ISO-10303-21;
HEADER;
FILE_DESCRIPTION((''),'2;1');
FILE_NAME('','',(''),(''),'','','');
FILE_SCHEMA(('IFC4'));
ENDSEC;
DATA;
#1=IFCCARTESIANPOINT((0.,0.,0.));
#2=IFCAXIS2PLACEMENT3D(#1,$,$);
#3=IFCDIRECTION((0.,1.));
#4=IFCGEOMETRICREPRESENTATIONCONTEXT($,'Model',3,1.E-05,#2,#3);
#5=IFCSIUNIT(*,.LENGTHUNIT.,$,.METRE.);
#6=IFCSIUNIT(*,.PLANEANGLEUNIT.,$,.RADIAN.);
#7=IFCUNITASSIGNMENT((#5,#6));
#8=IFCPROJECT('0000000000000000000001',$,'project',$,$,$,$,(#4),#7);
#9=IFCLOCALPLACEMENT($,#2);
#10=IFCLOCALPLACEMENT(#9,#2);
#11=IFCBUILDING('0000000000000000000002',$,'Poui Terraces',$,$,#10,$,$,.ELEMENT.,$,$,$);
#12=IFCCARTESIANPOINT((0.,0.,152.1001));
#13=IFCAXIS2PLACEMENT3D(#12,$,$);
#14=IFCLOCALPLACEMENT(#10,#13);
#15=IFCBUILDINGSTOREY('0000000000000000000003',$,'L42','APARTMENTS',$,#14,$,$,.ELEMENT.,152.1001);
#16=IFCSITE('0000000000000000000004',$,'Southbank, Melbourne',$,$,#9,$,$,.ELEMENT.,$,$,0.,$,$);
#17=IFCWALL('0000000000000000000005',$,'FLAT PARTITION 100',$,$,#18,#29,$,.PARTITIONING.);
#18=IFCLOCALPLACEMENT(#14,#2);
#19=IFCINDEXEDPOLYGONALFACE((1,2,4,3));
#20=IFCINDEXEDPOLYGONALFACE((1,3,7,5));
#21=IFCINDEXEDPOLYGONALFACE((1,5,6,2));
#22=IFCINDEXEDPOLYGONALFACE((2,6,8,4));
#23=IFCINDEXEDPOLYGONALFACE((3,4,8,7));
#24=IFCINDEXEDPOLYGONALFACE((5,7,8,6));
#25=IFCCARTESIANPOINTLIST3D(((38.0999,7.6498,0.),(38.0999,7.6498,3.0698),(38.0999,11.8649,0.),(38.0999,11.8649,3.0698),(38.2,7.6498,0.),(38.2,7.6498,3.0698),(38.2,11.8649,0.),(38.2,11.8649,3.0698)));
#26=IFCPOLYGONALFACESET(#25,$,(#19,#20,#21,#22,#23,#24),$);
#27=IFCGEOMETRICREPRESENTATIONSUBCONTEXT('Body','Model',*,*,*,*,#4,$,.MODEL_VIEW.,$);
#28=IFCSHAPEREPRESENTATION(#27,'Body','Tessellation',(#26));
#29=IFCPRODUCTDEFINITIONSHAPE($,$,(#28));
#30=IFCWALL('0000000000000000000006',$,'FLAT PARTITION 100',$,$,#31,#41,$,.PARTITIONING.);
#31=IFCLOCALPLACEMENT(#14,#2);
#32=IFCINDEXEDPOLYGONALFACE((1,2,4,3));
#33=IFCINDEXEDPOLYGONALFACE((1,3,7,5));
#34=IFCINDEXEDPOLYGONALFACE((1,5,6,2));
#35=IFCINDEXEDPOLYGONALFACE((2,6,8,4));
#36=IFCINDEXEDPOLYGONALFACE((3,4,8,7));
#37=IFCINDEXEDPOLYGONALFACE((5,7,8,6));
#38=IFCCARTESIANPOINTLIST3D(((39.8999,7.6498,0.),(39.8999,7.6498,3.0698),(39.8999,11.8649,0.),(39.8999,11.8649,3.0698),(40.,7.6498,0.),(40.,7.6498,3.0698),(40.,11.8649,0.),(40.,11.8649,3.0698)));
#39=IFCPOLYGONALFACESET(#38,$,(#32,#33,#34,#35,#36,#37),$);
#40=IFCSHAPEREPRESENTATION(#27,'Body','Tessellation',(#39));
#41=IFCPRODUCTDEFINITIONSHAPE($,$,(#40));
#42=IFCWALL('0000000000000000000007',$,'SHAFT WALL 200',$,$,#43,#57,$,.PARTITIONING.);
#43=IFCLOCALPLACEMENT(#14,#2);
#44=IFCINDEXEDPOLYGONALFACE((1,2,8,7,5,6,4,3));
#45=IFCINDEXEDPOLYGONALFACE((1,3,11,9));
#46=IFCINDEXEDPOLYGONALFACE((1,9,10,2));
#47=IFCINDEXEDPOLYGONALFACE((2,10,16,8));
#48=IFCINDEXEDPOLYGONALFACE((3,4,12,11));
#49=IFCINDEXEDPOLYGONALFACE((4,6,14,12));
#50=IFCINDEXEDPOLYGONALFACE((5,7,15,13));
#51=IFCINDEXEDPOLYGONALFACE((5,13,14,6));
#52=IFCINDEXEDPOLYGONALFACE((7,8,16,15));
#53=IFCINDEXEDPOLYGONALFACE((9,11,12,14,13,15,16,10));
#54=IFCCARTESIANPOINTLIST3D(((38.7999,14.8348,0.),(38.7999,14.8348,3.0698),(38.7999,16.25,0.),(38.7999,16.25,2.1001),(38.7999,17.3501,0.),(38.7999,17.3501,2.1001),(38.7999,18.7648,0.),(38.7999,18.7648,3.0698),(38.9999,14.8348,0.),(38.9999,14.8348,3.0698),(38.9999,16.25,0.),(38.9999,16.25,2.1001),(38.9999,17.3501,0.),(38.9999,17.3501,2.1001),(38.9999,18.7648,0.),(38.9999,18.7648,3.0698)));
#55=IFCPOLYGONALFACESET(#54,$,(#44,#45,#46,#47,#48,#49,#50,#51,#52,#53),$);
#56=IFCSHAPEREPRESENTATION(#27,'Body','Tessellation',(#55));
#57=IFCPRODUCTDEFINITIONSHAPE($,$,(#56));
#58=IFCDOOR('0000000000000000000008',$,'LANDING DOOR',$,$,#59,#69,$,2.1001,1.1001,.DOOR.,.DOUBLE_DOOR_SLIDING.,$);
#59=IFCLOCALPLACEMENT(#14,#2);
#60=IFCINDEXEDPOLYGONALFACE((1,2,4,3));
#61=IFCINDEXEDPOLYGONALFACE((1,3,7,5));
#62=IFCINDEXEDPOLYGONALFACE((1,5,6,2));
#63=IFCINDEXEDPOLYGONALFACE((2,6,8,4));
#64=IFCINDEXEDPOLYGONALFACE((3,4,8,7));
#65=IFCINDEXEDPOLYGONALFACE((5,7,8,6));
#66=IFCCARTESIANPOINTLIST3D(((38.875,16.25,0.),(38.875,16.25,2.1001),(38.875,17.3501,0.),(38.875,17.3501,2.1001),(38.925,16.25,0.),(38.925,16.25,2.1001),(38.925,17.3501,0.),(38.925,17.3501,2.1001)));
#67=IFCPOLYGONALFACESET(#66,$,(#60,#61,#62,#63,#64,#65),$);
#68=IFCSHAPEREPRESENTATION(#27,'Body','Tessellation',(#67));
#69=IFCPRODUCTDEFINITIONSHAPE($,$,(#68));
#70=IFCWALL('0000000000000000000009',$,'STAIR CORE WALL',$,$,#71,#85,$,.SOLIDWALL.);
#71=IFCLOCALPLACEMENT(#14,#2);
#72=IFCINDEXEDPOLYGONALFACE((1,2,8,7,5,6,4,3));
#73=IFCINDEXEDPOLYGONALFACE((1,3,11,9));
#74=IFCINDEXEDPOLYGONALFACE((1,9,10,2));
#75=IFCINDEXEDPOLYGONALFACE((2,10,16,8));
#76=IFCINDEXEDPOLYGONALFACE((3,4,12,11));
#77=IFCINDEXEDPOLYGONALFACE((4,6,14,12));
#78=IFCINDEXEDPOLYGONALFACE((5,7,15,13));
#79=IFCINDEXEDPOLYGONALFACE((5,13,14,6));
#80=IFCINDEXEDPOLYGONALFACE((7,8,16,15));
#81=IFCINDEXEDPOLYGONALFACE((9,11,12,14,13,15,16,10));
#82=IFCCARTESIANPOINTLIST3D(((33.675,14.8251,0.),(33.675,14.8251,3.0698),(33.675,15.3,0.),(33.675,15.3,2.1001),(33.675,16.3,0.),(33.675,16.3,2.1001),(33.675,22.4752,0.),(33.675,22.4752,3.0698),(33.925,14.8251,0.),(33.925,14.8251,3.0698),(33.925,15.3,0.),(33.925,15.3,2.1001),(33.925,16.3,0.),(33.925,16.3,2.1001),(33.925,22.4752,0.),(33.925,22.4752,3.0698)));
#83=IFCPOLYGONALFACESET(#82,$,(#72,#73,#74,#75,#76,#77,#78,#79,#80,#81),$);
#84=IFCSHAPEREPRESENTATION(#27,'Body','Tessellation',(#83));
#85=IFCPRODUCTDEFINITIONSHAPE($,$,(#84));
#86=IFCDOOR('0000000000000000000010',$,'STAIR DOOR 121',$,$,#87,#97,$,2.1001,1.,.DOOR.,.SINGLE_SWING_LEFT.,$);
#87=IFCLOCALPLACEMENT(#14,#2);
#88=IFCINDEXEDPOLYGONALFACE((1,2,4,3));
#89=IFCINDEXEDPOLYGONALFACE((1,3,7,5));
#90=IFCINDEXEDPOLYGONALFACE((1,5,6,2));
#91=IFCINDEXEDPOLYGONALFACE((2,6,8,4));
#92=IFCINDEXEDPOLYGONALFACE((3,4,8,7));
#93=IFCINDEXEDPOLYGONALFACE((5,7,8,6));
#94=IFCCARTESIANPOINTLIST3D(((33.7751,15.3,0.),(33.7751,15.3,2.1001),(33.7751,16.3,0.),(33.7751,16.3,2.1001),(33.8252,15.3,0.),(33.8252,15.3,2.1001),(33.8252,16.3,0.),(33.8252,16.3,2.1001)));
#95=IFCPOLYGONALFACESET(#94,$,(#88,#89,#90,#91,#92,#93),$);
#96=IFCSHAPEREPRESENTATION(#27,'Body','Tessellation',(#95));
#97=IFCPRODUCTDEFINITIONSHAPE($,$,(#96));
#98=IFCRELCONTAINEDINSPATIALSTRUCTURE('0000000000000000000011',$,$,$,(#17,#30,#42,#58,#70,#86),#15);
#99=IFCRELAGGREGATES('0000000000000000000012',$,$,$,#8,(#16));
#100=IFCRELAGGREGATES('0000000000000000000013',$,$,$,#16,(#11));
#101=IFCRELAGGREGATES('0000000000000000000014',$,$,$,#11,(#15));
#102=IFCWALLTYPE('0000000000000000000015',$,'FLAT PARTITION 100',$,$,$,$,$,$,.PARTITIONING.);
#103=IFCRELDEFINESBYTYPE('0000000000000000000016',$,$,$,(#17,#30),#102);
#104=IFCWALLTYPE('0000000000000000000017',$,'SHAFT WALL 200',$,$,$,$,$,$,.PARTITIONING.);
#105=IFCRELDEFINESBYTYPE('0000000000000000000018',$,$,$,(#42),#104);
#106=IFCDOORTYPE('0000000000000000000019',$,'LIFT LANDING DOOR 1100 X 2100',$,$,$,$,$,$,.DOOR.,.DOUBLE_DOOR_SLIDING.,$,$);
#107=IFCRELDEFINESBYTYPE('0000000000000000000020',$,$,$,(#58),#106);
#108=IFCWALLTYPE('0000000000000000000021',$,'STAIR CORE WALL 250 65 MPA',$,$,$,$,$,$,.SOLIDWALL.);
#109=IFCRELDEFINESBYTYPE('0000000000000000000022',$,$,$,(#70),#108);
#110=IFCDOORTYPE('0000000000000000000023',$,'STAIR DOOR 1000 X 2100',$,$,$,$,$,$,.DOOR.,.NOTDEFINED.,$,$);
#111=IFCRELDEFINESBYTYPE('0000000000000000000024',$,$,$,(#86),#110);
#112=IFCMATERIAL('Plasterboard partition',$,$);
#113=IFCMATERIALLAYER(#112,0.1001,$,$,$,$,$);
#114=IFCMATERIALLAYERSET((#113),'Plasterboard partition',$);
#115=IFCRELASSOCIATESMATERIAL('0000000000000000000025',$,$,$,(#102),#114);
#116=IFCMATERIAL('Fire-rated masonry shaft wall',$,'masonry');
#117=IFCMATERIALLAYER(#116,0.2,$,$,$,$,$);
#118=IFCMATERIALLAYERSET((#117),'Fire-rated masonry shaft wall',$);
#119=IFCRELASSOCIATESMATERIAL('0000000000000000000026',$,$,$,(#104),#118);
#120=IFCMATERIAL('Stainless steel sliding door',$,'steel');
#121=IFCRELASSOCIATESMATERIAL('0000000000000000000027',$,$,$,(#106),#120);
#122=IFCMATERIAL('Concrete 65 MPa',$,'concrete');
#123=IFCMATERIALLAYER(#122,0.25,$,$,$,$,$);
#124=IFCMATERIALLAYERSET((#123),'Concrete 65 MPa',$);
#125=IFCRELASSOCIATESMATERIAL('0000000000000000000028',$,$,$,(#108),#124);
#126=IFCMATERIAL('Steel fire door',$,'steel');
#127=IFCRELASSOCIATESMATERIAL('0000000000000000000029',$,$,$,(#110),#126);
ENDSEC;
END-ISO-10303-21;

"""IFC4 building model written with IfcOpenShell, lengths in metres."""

from ifc_helpers import new_model, si_unit, direction, frame, frame_2d, origin, place, context, subcontext, project, spatial, rectangle, extrude, material, layer, layer_set, type_object, element, fill, save


model = new_model("IFC4")

# Units and contexts
model_context = context("Model", 3, precision=1e-05, world=origin(), true_north=direction((0.0, 1.0)))
body_context = subcontext(model_context, "Body", "Model", "MODEL_VIEW")
ifc_project = project(units=[si_unit("LENGTHUNIT", "METRE"), si_unit("PLANEANGLEUNIT", "RADIAN")], contexts=[model_context])

# Site, building, storey
site_placement = place(None, origin())
site = spatial("IfcSite", under=ifc_project, at=site_placement, Name="Southbank, Melbourne", CompositionType="ELEMENT", RefElevation=0.0)
building_placement = place(site_placement, origin())
building = spatial("IfcBuilding", under=site, at=building_placement, Name="Poui Terraces", CompositionType="ELEMENT")
storey_placement = place(building_placement, frame((0.0, 0.0, 152.1001)))
storey = spatial("IfcBuildingStorey", under=building, at=storey_placement, Name="L42", Description="APARTMENTS", CompositionType="ELEMENT", Elevation=152.1001)

# Shared definitions
ifc_material_1 = material(Name="Concrete 65 MPa", Category="concrete")

# Shared definitions
ifc_material_2 = material(Name="Steel fire door", Category="steel")

# Shared definitions
ifc_material_3 = material(Name="Plasterboard partition")
ifc_layer_1 = layer(ifc_material_3, 0.1001)
ifc_layer_set_1 = layer_set([ifc_layer_1], Name="Plasterboard partition")
wall_type_1 = type_object("IfcWallType", Name="FLAT PARTITION 100", PredefinedType="PARTITIONING", material=ifc_layer_set_1)

# Walls
for number, where, z_axis, x_axis, name in (
    (1, (38.1499, 7.6499, 0.0), (0.0, 0.0, 1.0), (0.0, 1.0, 0.0), "FLAT PARTITION 100"),
    (2, (39.95, 7.6499, 0.0), (0.0, 0.0, 1.0), (0.0, 1.0, 0.0), "FLAT PARTITION 100"),
):
    element("IfcWall", number, at=place(storey_placement, frame(where, z_axis=z_axis, x_axis=x_axis)), inside=storey, type_object=wall_type_1, Name=name, PredefinedType="PARTITIONING", context=body_context, shape_type="SweptSolid", body=[
        extrude(rectangle(XDim=4.2151, YDim=0.1001, at=frame_2d((2.1074, 0.0))), origin(), (0.0, 0.0, 1.0), 3.0698),
    ])

# Wall, opening, door
ifc_material_4 = material(Name="Fire-rated masonry shaft wall", Category="masonry")
ifc_layer_2 = layer(ifc_material_4, 0.2)
ifc_layer_set_2 = layer_set([ifc_layer_2], Name="Fire-rated masonry shaft wall")
wall_type_2 = type_object("IfcWallType", Name="SHAFT WALL 200", PredefinedType="PARTITIONING", material=ifc_layer_set_2)
wall_1_placement = place(storey_placement, frame((38.8999, 14.835, 0.0), z_axis=(0.0, 0.0, 1.0), x_axis=(0.0, 1.0, 0.0)))
wall_1 = element("IfcWall", 3, at=wall_1_placement, inside=storey, type_object=wall_type_2, Name="SHAFT WALL 200", PredefinedType="PARTITIONING", context=body_context, shape_type="SweptSolid", body=[
    extrude(rectangle(XDim=3.9299, YDim=0.2, at=frame_2d((1.9648, 0.0))), origin(), (0.0, 0.0, 1.0), 3.0698),
])
opening_1_placement = place(wall_1_placement, frame((1.415, 0.0, 0.0)))
opening_1 = element("IfcOpeningElement", 4, at=opening_1_placement, cuts=wall_1, PredefinedType="OPENING", context=body_context, shape_type="SweptSolid", body=[
    extrude(rectangle(XDim=1.1001, YDim=2.1001, at=frame_2d((0.55, 1.05))), frame((0.0, 0.1099, 0.0), z_axis=(0.0, -1.0, 0.0), x_axis=(1.0, 0.0, 0.0)), (0.0, 0.0, 1.0), 0.22),
])
ifc_material_5 = material(Name="Stainless steel sliding door", Category="steel")
door_type_1 = type_object("IfcDoorType", Name="LIFT LANDING DOOR 1100 X 2100", OperationType="DOUBLE_DOOR_SLIDING", PredefinedType="DOOR", material=ifc_material_5)
door_1_placement = place(opening_1_placement, origin())
door_1 = element("IfcDoor", 5, at=door_1_placement, inside=storey, type_object=door_type_1, Name="LANDING DOOR", OperationType="DOUBLE_DOOR_SLIDING", OverallHeight=2.1001, OverallWidth=1.1001, PredefinedType="DOOR", context=body_context, shape_type="SweptSolid", body=[
    extrude(rectangle(XDim=1.1001, YDim=2.1001, at=frame_2d((0.55, 1.05))), frame((0.0, 0.0249, 0.0), z_axis=(0.0, -1.0, 0.0), x_axis=(1.0, 0.0, 0.0)), (0.0, 0.0, 1.0), 0.05),
])
fill(opening_1, door_1)

# Wall, opening, door
ifc_layer_3 = layer(ifc_material_1, 0.25)
ifc_layer_set_3 = layer_set([ifc_layer_3], Name="Concrete 65 MPa")
wall_type_3 = type_object("IfcWallType", Name="STAIR CORE WALL 250 65 MPA", PredefinedType="SOLIDWALL", material=ifc_layer_set_3)
wall_2_placement = place(storey_placement, frame((33.8, 14.825, 0.0), z_axis=(0.0, 0.0, 1.0), x_axis=(0.0, 1.0, 0.0)))
wall_2 = element("IfcWall", 6, at=wall_2_placement, inside=storey, type_object=wall_type_3, Name="STAIR CORE WALL", PredefinedType="SOLIDWALL", context=body_context, shape_type="SweptSolid", body=[
    extrude(rectangle(XDim=7.6501, YDim=0.25, at=frame_2d((3.8252, 0.0))), origin(), (0.0, 0.0, 1.0), 3.0698),
])
opening_2_placement = place(wall_2_placement, frame((0.4751, 0.0, 0.0)))
opening_2 = element("IfcOpeningElement", 7, at=opening_2_placement, cuts=wall_2, PredefinedType="OPENING", context=body_context, shape_type="SweptSolid", body=[
    extrude(rectangle(XDim=1.0, YDim=2.1001, at=frame_2d((0.5, 1.05))), frame((0.0, 0.135, 0.0), z_axis=(0.0, -1.0, 0.0), x_axis=(1.0, 0.0, 0.0)), (0.0, 0.0, 1.0), 0.27),
])
door_type_2 = type_object("IfcDoorType", Name="STAIR DOOR 1000 X 2100", OperationType="NOTDEFINED", PredefinedType="DOOR", material=ifc_material_2)
door_2_placement = place(opening_2_placement, origin())
door_2 = element("IfcDoor", 8, at=door_2_placement, inside=storey, type_object=door_type_2, Name="STAIR DOOR 121", OperationType="SINGLE_SWING_LEFT", OverallHeight=2.1001, OverallWidth=1.0, PredefinedType="DOOR", context=body_context, shape_type="SweptSolid", body=[
    extrude(rectangle(XDim=1.0, YDim=2.1001, at=frame_2d((0.5, 1.05))), frame((0.0, 0.0249, 0.0), z_axis=(0.0, -1.0, 0.0), x_axis=(1.0, 0.0, 0.0)), (0.0, 0.0, 1.0), 0.05),
])
fill(opening_2, door_2)

save(model, "model.ifc")
